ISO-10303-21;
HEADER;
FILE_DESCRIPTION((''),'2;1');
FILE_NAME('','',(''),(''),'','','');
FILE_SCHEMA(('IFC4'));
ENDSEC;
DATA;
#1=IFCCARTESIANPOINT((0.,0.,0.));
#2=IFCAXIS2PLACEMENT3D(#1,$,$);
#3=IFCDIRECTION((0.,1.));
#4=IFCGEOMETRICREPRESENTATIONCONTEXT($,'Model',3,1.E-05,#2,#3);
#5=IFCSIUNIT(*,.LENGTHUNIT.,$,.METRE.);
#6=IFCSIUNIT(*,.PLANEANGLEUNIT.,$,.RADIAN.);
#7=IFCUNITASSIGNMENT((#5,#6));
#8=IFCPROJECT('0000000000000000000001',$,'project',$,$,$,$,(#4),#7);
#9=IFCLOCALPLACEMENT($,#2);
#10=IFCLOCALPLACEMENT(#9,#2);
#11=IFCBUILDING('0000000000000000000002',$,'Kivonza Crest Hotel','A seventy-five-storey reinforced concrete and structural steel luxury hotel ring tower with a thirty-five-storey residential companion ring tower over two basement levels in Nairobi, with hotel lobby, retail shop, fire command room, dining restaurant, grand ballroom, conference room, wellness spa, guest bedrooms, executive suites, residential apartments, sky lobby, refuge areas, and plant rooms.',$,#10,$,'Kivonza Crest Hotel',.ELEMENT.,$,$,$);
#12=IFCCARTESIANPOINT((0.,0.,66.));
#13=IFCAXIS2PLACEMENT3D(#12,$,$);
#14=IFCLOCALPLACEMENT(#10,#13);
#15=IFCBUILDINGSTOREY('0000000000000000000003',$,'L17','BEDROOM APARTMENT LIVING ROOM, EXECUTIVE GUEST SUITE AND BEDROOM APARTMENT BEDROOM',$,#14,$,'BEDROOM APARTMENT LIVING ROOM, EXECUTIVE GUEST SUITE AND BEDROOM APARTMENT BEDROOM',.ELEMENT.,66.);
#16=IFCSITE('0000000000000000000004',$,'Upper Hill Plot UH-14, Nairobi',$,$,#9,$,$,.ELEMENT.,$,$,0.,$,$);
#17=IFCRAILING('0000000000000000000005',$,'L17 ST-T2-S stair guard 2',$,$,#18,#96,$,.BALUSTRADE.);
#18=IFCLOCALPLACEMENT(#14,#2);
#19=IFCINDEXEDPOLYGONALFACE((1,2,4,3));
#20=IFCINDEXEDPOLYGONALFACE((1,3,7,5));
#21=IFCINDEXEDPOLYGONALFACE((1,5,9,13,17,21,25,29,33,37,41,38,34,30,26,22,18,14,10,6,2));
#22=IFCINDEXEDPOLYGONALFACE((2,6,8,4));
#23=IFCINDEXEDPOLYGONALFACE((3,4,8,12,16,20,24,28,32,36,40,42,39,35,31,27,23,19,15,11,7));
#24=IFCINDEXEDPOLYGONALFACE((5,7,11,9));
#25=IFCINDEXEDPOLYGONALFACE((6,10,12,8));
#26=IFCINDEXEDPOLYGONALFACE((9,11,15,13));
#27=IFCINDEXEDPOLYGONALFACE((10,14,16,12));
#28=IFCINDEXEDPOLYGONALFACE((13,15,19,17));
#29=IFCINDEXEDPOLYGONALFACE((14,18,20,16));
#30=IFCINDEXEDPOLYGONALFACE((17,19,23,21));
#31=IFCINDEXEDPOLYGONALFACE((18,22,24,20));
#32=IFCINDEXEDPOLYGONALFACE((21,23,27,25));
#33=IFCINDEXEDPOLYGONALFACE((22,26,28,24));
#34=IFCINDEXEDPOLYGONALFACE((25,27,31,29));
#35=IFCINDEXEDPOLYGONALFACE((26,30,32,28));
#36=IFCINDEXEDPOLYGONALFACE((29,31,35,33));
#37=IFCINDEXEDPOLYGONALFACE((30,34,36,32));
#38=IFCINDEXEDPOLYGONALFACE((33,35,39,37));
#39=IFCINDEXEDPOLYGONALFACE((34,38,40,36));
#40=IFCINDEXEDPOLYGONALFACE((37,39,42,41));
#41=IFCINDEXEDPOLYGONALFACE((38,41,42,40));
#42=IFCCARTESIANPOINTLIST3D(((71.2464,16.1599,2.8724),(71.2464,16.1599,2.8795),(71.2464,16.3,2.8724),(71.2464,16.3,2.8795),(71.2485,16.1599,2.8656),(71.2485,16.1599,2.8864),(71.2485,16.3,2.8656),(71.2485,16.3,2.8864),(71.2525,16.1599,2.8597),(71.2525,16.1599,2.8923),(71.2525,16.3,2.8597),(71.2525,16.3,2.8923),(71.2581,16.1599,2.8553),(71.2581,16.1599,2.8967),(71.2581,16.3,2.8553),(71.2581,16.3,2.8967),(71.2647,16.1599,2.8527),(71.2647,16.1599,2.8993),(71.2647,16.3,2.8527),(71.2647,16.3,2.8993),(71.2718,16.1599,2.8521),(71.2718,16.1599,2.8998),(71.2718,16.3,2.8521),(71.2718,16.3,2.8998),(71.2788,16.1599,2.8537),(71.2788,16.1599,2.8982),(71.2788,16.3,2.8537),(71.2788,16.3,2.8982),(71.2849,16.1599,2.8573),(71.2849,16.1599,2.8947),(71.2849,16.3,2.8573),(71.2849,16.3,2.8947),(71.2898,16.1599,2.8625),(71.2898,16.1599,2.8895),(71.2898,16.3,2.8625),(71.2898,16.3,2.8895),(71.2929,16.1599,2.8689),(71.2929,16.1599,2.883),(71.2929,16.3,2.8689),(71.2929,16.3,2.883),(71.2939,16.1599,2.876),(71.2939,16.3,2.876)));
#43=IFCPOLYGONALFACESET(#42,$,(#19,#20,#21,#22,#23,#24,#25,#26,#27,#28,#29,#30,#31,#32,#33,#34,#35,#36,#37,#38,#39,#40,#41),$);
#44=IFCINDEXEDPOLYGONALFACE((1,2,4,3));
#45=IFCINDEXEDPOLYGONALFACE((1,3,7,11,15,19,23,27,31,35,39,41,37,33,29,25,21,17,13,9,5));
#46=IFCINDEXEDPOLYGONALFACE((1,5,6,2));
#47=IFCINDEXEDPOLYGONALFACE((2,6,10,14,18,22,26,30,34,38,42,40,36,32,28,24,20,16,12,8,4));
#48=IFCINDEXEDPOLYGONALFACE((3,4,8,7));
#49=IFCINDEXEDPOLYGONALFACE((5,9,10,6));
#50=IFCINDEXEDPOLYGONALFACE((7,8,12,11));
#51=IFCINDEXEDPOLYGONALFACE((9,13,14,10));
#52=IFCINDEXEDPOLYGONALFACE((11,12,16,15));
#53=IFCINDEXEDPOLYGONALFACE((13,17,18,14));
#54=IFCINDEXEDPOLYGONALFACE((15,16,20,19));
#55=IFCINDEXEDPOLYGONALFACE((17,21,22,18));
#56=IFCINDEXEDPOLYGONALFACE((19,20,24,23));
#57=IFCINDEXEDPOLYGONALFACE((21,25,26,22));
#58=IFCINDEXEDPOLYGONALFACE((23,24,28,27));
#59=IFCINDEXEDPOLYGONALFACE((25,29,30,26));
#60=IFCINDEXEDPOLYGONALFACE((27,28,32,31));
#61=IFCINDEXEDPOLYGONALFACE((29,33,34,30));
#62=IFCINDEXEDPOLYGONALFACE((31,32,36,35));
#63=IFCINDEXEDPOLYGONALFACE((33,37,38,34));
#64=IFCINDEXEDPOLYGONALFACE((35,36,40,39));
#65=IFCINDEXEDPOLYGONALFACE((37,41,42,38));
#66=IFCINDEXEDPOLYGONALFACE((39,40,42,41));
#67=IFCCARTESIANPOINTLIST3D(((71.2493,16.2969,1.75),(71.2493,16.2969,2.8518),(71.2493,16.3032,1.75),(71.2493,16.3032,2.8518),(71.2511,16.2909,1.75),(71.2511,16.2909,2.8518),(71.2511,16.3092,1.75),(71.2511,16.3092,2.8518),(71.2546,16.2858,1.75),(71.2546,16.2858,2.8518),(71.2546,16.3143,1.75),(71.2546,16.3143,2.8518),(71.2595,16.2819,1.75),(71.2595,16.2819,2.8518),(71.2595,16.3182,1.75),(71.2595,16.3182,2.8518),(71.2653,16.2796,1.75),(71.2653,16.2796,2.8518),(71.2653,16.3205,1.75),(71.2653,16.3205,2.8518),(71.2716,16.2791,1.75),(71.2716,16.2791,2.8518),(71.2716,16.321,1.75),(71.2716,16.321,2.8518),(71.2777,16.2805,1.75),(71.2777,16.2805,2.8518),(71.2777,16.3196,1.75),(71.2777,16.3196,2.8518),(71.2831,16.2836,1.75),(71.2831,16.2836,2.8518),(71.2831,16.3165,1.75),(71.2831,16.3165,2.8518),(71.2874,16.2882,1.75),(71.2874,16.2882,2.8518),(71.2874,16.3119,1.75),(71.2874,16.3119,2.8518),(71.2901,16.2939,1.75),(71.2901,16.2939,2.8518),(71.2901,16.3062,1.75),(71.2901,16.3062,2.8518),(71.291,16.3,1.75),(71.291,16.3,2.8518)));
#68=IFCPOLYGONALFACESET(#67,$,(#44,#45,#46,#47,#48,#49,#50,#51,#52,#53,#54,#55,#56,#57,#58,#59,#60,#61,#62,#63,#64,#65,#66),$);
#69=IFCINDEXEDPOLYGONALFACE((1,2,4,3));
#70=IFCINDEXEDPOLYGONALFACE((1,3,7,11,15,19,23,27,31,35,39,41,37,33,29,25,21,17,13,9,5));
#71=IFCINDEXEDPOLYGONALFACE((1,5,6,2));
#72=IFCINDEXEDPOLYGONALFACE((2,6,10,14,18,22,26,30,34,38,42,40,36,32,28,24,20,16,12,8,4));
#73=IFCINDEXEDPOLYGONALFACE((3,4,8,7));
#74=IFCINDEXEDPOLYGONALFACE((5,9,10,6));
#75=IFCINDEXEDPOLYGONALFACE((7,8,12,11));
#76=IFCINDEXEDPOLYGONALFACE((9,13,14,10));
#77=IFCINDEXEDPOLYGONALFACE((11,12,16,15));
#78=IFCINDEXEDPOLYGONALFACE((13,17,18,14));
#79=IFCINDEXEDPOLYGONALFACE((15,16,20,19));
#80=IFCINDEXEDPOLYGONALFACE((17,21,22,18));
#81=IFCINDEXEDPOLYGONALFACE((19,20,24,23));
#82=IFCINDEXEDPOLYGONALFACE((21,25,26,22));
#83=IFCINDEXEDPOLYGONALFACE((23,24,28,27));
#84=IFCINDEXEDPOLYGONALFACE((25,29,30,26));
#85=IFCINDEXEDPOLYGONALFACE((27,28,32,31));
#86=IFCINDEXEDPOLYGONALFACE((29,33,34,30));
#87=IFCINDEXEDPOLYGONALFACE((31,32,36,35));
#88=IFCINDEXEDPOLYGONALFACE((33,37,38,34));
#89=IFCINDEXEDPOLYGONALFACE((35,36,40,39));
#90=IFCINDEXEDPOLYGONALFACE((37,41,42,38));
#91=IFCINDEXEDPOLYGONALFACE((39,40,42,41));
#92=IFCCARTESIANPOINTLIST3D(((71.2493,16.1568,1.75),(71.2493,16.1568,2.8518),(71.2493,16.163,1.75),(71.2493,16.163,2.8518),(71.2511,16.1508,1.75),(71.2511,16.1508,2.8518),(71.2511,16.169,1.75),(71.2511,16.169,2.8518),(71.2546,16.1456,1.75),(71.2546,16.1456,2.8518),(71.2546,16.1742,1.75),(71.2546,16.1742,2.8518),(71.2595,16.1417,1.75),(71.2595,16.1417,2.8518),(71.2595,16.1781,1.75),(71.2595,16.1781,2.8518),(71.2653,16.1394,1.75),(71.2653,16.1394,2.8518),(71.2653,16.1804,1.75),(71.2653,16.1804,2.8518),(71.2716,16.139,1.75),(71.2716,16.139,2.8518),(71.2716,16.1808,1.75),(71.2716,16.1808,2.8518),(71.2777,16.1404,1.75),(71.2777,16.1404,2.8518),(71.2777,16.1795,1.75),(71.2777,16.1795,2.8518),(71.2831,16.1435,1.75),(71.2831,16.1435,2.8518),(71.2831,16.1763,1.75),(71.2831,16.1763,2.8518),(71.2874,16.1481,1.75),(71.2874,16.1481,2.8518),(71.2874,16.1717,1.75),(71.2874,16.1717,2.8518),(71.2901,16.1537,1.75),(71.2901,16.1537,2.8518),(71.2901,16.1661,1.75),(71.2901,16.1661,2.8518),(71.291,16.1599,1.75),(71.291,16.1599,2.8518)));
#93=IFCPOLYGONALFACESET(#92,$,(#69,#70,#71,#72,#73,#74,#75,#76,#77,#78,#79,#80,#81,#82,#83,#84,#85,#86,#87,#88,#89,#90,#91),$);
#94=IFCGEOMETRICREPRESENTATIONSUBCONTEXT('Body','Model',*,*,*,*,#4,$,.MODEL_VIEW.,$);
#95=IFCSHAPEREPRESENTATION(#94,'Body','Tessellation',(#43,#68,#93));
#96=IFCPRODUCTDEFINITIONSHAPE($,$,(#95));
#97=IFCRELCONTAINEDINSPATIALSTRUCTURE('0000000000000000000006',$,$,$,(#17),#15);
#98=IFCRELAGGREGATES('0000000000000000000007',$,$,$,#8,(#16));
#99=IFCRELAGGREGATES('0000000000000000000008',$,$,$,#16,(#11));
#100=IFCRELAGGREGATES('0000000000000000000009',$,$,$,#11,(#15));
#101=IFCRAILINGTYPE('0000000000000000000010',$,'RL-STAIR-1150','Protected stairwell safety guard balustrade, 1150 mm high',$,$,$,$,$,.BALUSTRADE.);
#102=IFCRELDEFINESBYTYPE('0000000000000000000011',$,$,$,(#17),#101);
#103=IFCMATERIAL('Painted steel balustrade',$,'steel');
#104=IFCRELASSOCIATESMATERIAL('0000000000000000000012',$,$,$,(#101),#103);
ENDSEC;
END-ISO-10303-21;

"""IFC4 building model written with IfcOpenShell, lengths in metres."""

from ifc_helpers import new_model, si_unit, direction, frame, origin, origin_2d, place, context, subcontext, project, spatial, circle, extrude, material, type_object, element, save


model = new_model("IFC4")

# Units and contexts
model_context = context("Model", 3, precision=1e-05, world=origin(), true_north=direction((0.0, 1.0)))
body_context = subcontext(model_context, "Body", "Model", "MODEL_VIEW")
ifc_project = project(units=[si_unit("LENGTHUNIT", "METRE"), si_unit("PLANEANGLEUNIT", "RADIAN")], contexts=[model_context])

# Site, building, storey
site_placement = place(None, origin())
site = spatial("IfcSite", under=ifc_project, at=site_placement, Name="Upper Hill Plot UH-14, Nairobi", CompositionType="ELEMENT", RefElevation=0.0)
building_placement = place(site_placement, origin())
building = spatial("IfcBuilding", under=site, at=building_placement, Name="Kivonza Crest Hotel", Description="A seventy-five-storey reinforced concrete and structural steel luxury hotel ring tower with a thirty-five-storey residential companion ring tower over two basement levels in Nairobi, with hotel lobby, retail shop, fire command room, dining restaurant, grand ballroom, conference room, wellness spa, guest bedrooms, executive suites, residential apartments, sky lobby, refuge areas, and plant rooms.", LongName="Kivonza Crest Hotel", CompositionType="ELEMENT")
storey_placement = place(building_placement, frame((0.0, 0.0, 66.0)))
storey = spatial("IfcBuildingStorey", under=building, at=storey_placement, Name="L17", Description="BEDROOM APARTMENT LIVING ROOM, EXECUTIVE GUEST SUITE AND BEDROOM APARTMENT BEDROOM", LongName="BEDROOM APARTMENT LIVING ROOM, EXECUTIVE GUEST SUITE AND BEDROOM APARTMENT BEDROOM", CompositionType="ELEMENT", Elevation=66.0)

# Railing
ifc_material_1 = material(Name="Painted steel balustrade", Category="steel")
railing_type_1 = type_object("IfcRailingType", Name="RL-STAIR-1150", Description="Protected stairwell safety guard balustrade, 1150 mm high", PredefinedType="BALUSTRADE", material=ifc_material_1)
railing_1_placement = place(storey_placement, frame((71.27, 16.3, 1.75)))
element("IfcRailing", 1, at=railing_1_placement, inside=storey, type_object=railing_type_1, Name="L17 ST-T2-S stair guard 2", PredefinedType="BALUSTRADE", context=body_context, shape_type="SweptSolid", body=[
    extrude(circle(Radius=0.0239, at=origin_2d()), frame((0.0, 0.0, 1.126), z_axis=(0.0, -1.0, 0.0), x_axis=(1.0, 0.0, 0.0)), (0.0, 0.0, 1.0), 0.1401),
    extrude(circle(Radius=0.021, at=origin_2d()), origin(), (0.0, 0.0, 1.0), 1.1018),
    extrude(circle(Radius=0.021, at=origin_2d()), frame((0.0, -0.1401, 0.0)), (0.0, 0.0, 1.0), 1.1018),
])

save(model, "model.ifc")
